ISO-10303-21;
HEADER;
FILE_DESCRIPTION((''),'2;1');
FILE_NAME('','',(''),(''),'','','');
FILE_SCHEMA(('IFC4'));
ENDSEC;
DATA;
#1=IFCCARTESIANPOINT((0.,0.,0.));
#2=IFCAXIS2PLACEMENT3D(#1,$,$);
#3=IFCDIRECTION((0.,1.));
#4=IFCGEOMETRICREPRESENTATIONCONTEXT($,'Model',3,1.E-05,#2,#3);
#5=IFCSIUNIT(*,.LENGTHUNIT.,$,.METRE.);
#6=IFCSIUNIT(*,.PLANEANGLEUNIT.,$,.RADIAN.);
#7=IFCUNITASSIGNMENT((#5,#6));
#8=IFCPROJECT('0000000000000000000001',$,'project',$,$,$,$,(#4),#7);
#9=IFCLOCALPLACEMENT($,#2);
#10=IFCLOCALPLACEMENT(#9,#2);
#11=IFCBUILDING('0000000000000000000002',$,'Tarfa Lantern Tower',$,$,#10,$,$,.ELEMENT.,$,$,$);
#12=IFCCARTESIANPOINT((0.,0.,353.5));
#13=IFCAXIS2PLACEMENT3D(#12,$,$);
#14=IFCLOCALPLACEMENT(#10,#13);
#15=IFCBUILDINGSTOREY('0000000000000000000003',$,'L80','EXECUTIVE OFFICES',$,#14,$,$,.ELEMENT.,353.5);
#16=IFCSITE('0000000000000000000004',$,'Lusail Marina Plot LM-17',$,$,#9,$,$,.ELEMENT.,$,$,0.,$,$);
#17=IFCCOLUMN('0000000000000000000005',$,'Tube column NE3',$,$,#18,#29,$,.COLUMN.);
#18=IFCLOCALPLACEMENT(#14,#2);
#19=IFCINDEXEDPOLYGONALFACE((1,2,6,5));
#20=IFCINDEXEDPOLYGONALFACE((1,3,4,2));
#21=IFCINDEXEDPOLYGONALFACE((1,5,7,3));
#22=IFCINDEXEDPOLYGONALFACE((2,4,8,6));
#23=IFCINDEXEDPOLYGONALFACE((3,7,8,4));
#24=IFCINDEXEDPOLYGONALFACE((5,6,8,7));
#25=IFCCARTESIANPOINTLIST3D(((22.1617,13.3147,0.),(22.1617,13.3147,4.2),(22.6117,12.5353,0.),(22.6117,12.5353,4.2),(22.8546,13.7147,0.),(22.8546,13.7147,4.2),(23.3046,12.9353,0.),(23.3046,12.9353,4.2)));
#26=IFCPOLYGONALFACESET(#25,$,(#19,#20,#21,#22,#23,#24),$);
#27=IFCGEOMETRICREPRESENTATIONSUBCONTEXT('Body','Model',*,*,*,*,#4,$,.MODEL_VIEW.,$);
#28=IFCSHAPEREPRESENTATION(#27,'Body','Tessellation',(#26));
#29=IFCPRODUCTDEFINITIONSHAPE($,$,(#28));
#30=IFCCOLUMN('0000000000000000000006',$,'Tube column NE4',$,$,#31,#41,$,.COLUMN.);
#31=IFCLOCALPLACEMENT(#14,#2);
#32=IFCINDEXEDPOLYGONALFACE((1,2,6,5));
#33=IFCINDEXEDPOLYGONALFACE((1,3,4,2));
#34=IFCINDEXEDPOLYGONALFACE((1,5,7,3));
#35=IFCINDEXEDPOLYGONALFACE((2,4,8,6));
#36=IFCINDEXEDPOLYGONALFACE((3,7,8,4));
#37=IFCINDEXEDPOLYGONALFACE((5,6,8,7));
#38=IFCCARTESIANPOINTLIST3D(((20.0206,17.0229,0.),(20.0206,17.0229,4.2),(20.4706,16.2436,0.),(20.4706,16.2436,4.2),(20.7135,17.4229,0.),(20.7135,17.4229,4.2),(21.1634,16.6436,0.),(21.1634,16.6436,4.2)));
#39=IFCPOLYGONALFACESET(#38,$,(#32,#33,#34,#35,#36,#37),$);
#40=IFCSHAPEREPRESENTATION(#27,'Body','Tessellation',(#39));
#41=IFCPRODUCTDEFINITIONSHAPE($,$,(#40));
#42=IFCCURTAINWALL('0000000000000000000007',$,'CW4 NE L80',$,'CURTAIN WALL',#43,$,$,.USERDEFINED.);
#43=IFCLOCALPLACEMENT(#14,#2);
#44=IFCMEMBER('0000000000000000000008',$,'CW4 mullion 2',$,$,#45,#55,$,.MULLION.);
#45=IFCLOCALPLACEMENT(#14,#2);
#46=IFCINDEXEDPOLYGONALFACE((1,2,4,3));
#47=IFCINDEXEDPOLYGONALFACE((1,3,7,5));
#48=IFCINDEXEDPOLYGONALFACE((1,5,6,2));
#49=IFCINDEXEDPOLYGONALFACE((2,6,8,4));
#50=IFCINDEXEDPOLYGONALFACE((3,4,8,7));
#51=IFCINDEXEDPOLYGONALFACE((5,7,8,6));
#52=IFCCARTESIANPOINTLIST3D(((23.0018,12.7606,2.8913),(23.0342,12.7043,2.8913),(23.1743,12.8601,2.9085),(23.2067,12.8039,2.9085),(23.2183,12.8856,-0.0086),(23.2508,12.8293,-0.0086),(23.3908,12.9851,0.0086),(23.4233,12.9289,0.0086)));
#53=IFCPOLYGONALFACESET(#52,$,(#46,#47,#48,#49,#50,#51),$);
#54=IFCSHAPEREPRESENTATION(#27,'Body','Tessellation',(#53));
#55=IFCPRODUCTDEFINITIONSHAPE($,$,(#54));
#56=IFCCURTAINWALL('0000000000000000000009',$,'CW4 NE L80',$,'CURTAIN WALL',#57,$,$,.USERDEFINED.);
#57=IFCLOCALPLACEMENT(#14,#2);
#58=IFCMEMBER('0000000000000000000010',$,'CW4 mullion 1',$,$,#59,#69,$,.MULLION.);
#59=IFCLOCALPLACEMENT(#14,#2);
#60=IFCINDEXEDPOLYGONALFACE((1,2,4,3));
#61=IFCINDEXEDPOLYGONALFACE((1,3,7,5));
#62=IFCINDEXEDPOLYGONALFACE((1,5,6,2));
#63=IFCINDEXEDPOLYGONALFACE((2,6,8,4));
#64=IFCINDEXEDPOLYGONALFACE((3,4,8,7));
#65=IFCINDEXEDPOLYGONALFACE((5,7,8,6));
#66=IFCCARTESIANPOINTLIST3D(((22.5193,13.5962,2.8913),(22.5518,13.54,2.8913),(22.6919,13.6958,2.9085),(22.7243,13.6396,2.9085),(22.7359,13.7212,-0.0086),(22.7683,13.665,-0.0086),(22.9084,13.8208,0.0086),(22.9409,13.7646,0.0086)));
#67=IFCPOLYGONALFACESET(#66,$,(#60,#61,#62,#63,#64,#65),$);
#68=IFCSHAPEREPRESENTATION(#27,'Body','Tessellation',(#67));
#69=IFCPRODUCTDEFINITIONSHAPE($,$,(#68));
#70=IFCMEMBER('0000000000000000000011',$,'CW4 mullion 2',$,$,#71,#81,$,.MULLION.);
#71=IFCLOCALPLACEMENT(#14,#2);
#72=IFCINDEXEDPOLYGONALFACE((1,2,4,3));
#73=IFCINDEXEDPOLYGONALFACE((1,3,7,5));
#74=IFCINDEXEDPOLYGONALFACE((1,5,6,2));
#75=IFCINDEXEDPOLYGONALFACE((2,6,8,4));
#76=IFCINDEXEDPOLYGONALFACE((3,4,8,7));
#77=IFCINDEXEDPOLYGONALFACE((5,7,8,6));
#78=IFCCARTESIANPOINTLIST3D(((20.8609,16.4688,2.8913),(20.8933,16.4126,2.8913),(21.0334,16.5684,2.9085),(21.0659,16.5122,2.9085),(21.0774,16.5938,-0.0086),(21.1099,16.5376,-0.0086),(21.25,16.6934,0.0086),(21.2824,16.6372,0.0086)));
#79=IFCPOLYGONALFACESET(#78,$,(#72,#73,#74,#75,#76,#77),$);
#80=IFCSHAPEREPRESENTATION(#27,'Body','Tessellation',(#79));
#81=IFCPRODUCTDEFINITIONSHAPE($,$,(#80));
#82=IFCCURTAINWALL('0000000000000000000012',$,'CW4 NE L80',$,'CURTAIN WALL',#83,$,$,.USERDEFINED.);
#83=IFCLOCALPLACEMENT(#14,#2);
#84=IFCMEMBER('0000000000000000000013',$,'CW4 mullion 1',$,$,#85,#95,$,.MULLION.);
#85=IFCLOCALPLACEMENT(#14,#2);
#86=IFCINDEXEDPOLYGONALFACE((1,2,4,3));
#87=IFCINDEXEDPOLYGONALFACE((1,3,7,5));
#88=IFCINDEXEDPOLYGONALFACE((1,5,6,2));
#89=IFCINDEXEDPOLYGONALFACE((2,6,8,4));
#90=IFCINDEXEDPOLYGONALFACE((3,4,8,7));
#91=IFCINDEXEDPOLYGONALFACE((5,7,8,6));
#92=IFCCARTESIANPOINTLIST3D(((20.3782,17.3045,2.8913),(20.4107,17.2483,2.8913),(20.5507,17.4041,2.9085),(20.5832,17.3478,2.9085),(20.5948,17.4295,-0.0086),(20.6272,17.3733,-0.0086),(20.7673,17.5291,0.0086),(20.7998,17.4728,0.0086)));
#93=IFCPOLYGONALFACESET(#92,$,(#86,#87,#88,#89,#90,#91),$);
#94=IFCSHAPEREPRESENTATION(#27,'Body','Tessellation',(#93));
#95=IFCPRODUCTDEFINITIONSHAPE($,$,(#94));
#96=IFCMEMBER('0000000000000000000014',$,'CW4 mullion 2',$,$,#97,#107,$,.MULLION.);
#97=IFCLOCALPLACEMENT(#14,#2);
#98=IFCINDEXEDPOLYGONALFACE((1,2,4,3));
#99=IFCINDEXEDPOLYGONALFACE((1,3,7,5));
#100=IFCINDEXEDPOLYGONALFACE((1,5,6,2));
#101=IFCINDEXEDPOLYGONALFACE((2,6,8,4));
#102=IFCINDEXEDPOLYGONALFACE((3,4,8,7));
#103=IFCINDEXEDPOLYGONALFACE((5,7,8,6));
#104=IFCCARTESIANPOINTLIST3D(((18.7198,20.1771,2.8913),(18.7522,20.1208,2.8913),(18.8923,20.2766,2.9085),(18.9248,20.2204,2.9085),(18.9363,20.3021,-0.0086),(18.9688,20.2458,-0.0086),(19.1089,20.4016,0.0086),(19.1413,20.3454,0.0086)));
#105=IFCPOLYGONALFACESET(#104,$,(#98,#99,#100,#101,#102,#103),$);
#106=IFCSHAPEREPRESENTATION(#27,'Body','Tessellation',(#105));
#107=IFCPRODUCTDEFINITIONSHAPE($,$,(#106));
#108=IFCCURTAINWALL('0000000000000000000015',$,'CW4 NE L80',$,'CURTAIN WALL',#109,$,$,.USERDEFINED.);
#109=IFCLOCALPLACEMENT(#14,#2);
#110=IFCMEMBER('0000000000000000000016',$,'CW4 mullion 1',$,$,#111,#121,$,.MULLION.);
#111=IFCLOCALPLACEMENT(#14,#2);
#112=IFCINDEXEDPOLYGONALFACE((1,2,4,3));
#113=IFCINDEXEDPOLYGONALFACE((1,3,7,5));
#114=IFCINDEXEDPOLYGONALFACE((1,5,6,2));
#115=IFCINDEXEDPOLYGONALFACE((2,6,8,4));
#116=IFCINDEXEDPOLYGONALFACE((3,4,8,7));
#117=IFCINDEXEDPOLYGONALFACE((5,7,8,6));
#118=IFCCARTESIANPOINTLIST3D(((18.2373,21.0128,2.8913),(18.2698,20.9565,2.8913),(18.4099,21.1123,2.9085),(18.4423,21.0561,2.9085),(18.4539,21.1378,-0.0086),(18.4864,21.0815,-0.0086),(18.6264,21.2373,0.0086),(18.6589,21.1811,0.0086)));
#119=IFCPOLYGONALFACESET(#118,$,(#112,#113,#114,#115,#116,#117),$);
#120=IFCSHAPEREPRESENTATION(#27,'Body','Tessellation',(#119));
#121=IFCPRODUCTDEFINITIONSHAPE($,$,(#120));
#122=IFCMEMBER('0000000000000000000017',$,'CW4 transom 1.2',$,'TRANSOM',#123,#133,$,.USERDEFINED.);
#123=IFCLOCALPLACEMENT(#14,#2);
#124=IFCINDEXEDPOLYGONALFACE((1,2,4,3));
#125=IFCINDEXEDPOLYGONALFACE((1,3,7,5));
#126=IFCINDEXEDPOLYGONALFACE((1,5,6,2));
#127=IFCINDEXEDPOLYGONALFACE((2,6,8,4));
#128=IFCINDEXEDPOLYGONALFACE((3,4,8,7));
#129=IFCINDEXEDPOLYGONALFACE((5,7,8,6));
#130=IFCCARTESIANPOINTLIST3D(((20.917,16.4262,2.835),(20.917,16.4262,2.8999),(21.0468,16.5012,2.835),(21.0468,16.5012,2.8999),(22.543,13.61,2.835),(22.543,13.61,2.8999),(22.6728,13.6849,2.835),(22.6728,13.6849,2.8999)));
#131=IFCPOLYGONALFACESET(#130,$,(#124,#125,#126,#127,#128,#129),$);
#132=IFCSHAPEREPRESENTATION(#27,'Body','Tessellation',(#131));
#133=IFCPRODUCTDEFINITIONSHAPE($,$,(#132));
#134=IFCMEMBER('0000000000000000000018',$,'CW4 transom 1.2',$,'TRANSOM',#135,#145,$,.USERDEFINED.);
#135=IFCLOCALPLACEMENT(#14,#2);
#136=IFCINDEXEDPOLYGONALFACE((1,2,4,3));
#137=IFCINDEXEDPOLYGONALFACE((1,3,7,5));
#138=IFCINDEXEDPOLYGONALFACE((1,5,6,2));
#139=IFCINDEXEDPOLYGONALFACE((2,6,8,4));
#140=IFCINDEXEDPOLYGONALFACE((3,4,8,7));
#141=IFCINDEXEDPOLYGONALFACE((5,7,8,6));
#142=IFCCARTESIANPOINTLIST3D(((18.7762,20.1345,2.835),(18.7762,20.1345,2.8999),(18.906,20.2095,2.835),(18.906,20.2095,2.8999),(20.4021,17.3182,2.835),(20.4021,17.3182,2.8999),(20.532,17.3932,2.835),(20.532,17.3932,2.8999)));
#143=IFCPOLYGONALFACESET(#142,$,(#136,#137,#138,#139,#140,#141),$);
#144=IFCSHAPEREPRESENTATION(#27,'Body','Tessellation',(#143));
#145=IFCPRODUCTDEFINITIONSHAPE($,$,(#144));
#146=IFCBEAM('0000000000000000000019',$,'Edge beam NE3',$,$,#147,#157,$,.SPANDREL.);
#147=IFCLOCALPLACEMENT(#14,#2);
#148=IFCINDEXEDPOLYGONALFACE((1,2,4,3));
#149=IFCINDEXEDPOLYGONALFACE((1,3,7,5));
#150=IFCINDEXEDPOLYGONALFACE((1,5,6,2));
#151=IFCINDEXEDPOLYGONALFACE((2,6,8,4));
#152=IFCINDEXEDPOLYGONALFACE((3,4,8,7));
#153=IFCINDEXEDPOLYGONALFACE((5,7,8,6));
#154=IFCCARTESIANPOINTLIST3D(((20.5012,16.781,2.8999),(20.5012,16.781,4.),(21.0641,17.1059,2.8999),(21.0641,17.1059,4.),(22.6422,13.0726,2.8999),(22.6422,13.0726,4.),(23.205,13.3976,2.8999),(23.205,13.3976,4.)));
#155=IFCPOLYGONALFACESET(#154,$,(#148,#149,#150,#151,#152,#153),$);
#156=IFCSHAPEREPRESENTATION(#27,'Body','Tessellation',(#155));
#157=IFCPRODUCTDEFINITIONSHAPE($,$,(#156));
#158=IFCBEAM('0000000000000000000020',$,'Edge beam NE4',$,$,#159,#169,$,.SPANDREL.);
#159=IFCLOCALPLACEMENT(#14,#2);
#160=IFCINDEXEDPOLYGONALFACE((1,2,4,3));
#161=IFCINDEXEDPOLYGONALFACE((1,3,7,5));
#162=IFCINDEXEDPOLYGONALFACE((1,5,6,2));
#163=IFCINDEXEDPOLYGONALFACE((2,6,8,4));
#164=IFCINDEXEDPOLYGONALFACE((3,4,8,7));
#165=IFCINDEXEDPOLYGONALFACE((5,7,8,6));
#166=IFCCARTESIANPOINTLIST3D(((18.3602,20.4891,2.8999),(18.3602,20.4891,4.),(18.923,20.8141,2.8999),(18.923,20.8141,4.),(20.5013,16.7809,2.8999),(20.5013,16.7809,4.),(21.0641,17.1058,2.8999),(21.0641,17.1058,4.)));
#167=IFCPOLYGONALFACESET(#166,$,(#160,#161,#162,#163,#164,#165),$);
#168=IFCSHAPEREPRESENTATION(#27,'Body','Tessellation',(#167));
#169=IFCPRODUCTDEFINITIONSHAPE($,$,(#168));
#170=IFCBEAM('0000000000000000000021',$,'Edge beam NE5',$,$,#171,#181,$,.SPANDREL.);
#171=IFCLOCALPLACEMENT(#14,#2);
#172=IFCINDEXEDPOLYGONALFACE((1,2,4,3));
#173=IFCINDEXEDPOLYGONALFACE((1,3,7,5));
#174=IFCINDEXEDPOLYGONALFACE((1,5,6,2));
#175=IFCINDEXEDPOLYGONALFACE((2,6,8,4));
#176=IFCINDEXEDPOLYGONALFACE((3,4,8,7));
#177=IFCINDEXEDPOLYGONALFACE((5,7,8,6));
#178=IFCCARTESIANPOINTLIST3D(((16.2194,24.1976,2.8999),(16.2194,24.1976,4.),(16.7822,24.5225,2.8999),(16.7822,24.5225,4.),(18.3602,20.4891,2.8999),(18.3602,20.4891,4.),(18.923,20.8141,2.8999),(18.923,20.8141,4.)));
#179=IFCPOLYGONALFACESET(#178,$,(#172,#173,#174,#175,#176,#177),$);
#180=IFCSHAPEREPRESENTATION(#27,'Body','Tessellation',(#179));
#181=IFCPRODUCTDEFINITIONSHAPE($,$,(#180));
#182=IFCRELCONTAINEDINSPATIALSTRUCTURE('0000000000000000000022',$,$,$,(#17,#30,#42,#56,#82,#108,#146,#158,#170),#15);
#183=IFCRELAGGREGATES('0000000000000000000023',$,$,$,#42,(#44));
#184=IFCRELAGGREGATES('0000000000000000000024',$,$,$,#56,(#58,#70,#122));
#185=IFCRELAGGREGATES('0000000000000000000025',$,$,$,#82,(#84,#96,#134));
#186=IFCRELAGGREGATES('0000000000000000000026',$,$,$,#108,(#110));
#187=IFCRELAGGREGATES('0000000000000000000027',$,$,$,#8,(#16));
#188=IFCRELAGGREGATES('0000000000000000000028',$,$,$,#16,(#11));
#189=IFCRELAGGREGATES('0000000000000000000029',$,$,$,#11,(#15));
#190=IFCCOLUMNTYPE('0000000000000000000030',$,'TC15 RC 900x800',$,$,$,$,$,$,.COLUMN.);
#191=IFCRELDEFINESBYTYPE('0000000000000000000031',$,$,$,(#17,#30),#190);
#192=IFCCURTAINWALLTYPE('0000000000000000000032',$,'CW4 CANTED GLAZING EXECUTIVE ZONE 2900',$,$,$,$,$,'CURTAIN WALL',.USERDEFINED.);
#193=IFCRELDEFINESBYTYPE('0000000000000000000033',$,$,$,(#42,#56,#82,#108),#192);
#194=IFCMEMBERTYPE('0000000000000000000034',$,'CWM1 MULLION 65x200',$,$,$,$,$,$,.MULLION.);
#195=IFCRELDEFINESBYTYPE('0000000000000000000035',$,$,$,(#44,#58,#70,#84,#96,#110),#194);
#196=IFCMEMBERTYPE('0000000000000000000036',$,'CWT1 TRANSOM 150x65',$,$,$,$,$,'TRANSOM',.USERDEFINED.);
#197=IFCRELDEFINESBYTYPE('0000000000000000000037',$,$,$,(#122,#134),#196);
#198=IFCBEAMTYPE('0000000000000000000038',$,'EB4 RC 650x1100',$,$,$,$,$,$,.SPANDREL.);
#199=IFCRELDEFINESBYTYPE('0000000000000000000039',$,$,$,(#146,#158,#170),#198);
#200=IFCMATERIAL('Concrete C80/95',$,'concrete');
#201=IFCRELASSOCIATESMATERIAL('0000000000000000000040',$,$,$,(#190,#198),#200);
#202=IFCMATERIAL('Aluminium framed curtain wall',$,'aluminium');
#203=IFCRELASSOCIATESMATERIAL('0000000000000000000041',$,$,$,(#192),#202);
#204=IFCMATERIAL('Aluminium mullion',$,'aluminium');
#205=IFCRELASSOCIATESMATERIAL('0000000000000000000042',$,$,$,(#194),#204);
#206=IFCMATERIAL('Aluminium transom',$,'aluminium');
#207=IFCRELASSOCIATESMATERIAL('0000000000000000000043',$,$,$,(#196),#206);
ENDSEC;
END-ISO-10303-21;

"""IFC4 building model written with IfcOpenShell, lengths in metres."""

from ifc_helpers import new_model, si_unit, direction, frame, origin, origin_2d, place, context, subcontext, project, spatial, rectangle, extrude, material, material_profile, profile_set, type_object, element, aggregate, save


model = new_model("IFC4")

# Units and contexts
model_context = context("Model", 3, precision=1e-05, world=origin(), true_north=direction((0.0, 1.0)))
body_context = subcontext(model_context, "Body", "Model", "MODEL_VIEW")
ifc_project = project(units=[si_unit("LENGTHUNIT", "METRE"), si_unit("PLANEANGLEUNIT", "RADIAN")], contexts=[model_context])

# Site, building, storey
site_placement = place(None, origin())
site = spatial("IfcSite", under=ifc_project, at=site_placement, Name="Lusail Marina Plot LM-17", CompositionType="ELEMENT", RefElevation=0.0)
building_placement = place(site_placement, origin())
building = spatial("IfcBuilding", under=site, at=building_placement, Name="Tarfa Lantern Tower", CompositionType="ELEMENT")
storey_placement = place(building_placement, frame((0.0, 0.0, 353.5)))
storey = spatial("IfcBuildingStorey", under=building, at=storey_placement, Name="L80", Description="EXECUTIVE OFFICES", CompositionType="ELEMENT", Elevation=353.5)

# Columns
ifc_material_1 = material(Name="Concrete C80/95", Category="concrete")
ifc_material_profile_1 = material_profile(ifc_material_1, rectangle(XDim=0.8999, YDim=0.8, at=origin_2d()), Name="RC 900x800")
ifc_profile_set_1 = profile_set([ifc_material_profile_1], Name="Concrete C80/95")
column_type = type_object("IfcColumnType", Name="TC15 RC 900x800", PredefinedType="COLUMN", material=ifc_profile_set_1)
for number, where, z_axis, x_axis, name in (
    (1, (22.7332, 13.125, 0.0), (0.0, 0.0, 1.0), (-0.5, 0.866025, 0.0), "Tube column NE3"),
    (2, (20.592, 16.8333, 0.0), (0.0, 0.0, 1.0), (-0.5, 0.866025, 0.0), "Tube column NE4"),
):
    element("IfcColumn", number, at=place(storey_placement, frame(where, z_axis=z_axis, x_axis=x_axis)), inside=storey, type_object=column_type, Name=name, PredefinedType="COLUMN", context=body_context, shape_type="SweptSolid", body=[
        extrude(rectangle(XDim=0.8999, YDim=0.8, at=origin_2d()), origin(), (0.0, 0.0, 1.0), 4.2),
    ])

# Curtain wall, member
ifc_material_2 = material(Name="Aluminium framed curtain wall", Category="aluminium")
curtain_wall_type = type_object("IfcCurtainWallType", Name="CW4 CANTED GLAZING EXECUTIVE ZONE 2900", ElementType="CURTAIN WALL", PredefinedType="USERDEFINED", material=ifc_material_2)
curtain_wall_1_placement = place(storey_placement, origin())
curtain_wall_1 = element("IfcCurtainWall", 3, at=curtain_wall_1_placement, inside=storey, type_object=curtain_wall_type, Name="CW4 NE L80", ObjectType="CURTAIN WALL", PredefinedType="USERDEFINED")
ifc_material_3 = material(Name="Aluminium mullion", Category="aluminium")
ifc_material_profile_2 = material_profile(ifc_material_3, rectangle(XDim=0.0649, YDim=0.2, at=origin_2d()), Name="AL MULLION 65x200")
ifc_profile_set_2 = profile_set([ifc_material_profile_2], Name="Aluminium mullion")
member_type_1 = type_object("IfcMemberType", Name="CWM1 MULLION 65x200", PredefinedType="MULLION", material=ifc_profile_set_2)
member_1_placement = place(storey_placement, frame((23.3208, 12.9072, 0.0), z_axis=(-0.0744, -0.042946, 0.996303), x_axis=(0.49992, -0.866072, 0.0)))
member_1 = element("IfcMember", 4, at=member_1_placement, type_object=member_type_1, Name="CW4 mullion 2", PredefinedType="MULLION", context=body_context, shape_type="SweptSolid", body=[
    extrude(rectangle(XDim=0.0649, YDim=0.2, at=origin_2d()), origin(), (0.0, 0.0, 1.0), 2.9106),
])

# Curtain walls, members
curtain_wall_2_placement = place(storey_placement, origin())
curtain_wall_2 = element("IfcCurtainWall", 5, at=curtain_wall_2_placement, inside=storey, type_object=curtain_wall_type, Name="CW4 NE L80", ObjectType="CURTAIN WALL", PredefinedType="USERDEFINED")
member_2_placement = place(storey_placement, frame((22.8384, 13.7429, 0.0), z_axis=(-0.0744, -0.042946, 0.996303), x_axis=(0.49992, -0.866072, 0.0)))
member_2 = element("IfcMember", 6, at=member_2_placement, type_object=member_type_1, Name="CW4 mullion 1", PredefinedType="MULLION", context=body_context, shape_type="SweptSolid", body=[
    extrude(rectangle(XDim=0.0649, YDim=0.2, at=origin_2d()), origin(), (0.0, 0.0, 1.0), 2.9106),
])
member_3_placement = place(storey_placement, frame((21.1799, 16.6155, 0.0), z_axis=(-0.0744, -0.042946, 0.996303), x_axis=(0.49992, -0.866072, 0.0)))
member_3 = element("IfcMember", 7, at=member_3_placement, type_object=member_type_1, Name="CW4 mullion 2", PredefinedType="MULLION", context=body_context, shape_type="SweptSolid", body=[
    extrude(rectangle(XDim=0.0649, YDim=0.2, at=origin_2d()), origin(), (0.0, 0.0, 1.0), 2.9106),
])
curtain_wall_3_placement = place(storey_placement, origin())
curtain_wall_3 = element("IfcCurtainWall", 8, at=curtain_wall_3_placement, inside=storey, type_object=curtain_wall_type, Name="CW4 NE L80", ObjectType="CURTAIN WALL", PredefinedType="USERDEFINED")
member_4_placement = place(storey_placement, frame((20.6973, 17.4512, 0.0), z_axis=(-0.0744, -0.042946, 0.996303), x_axis=(0.49992, -0.866072, 0.0)))
member_4 = element("IfcMember", 9, at=member_4_placement, type_object=member_type_1, Name="CW4 mullion 1", PredefinedType="MULLION", context=body_context, shape_type="SweptSolid", body=[
    extrude(rectangle(XDim=0.0649, YDim=0.2, at=origin_2d()), origin(), (0.0, 0.0, 1.0), 2.9106),
])
member_5_placement = place(storey_placement, frame((19.0388, 20.3237, 0.0), z_axis=(-0.0744, -0.042946, 0.996303), x_axis=(0.49992, -0.866072, 0.0)))
member_5 = element("IfcMember", 10, at=member_5_placement, type_object=member_type_1, Name="CW4 mullion 2", PredefinedType="MULLION", context=body_context, shape_type="SweptSolid", body=[
    extrude(rectangle(XDim=0.0649, YDim=0.2, at=origin_2d()), origin(), (0.0, 0.0, 1.0), 2.9106),
])

# Curtain wall, member
curtain_wall_4_placement = place(storey_placement, origin())
curtain_wall_4 = element("IfcCurtainWall", 11, at=curtain_wall_4_placement, inside=storey, type_object=curtain_wall_type, Name="CW4 NE L80", ObjectType="CURTAIN WALL", PredefinedType="USERDEFINED")
member_6_placement = place(storey_placement, frame((18.5564, 21.1594, 0.0), z_axis=(-0.0744, -0.042946, 0.996303), x_axis=(0.49992, -0.866072, 0.0)))
member_6 = element("IfcMember", 12, at=member_6_placement, type_object=member_type_1, Name="CW4 mullion 1", PredefinedType="MULLION", context=body_context, shape_type="SweptSolid", body=[
    extrude(rectangle(XDim=0.0649, YDim=0.2, at=origin_2d()), origin(), (0.0, 0.0, 1.0), 2.9106),
])

# Members
ifc_material_4 = material(Name="Aluminium transom", Category="aluminium")
ifc_material_profile_3 = material_profile(ifc_material_4, rectangle(XDim=0.1499, YDim=0.0649, at=origin_2d()), Name="AL TRANSOM 150x65")
ifc_profile_set_3 = profile_set([ifc_material_profile_3], Name="Aluminium transom")
member_type_2 = type_object("IfcMemberType", Name="CWT1 TRANSOM 150x65", ElementType="TRANSOM", PredefinedType="USERDEFINED", material=ifc_profile_set_3)
member_7_placement = place(storey_placement, frame((22.6079, 13.6475, 2.8674), z_axis=(-0.500015, 0.866017, 0.0), x_axis=(-0.866017, -0.500015, 0.0)))
member_7 = element("IfcMember", 13, at=member_7_placement, type_object=member_type_2, Name="CW4 transom 1.2", ObjectType="TRANSOM", PredefinedType="USERDEFINED", context=body_context, shape_type="SweptSolid", body=[
    extrude(rectangle(XDim=0.1499, YDim=0.0649, at=origin_2d()), origin(), (0.0, 0.0, 1.0), 3.252),
])
member_8_placement = place(storey_placement, frame((20.467, 17.3557, 2.8674), z_axis=(-0.499982, 0.866036, 0.0), x_axis=(-0.866036, -0.499982, 0.0)))
member_8 = element("IfcMember", 14, at=member_8_placement, type_object=member_type_2, Name="CW4 transom 1.2", ObjectType="TRANSOM", PredefinedType="USERDEFINED", context=body_context, shape_type="SweptSolid", body=[
    extrude(rectangle(XDim=0.1499, YDim=0.0649, at=origin_2d()), origin(), (0.0, 0.0, 1.0), 3.252),
])

# Beams
ifc_material_profile_4 = material_profile(ifc_material_1, rectangle(XDim=0.6499, YDim=1.1001, at=origin_2d()), Name="RC 650x1100")
ifc_profile_set_4 = profile_set([ifc_material_profile_4], Name="Concrete C80/95")
beam_type_1 = type_object("IfcBeamType", Name="EB4 RC 650x1100", PredefinedType="SPANDREL", material=ifc_profile_set_4)
for number, where, z_axis, x_axis, name in (
    (15, (22.9236, 13.2351, 3.45), (-0.499984, 0.866035, 0.0), (-0.866035, -0.499984, 0.0), "Edge beam NE3"),
    (16, (20.7827, 16.9434, 3.45), (-0.500027, 0.86601, 0.0), (-0.86601, -0.500027, 0.0), "Edge beam NE4"),
    (17, (18.6416, 20.6516, 3.45), (-0.499959, 0.866049, 0.0), (-0.866049, -0.499959, 0.0), "Edge beam NE5"),
):
    element("IfcBeam", number, at=place(storey_placement, frame(where, z_axis=z_axis, x_axis=x_axis)), inside=storey, type_object=beam_type_1, Name=name, PredefinedType="SPANDREL", context=body_context, shape_type="SweptSolid", body=[
        extrude(rectangle(XDim=0.6499, YDim=1.1001, at=origin_2d()), origin(), (0.0, 0.0, 1.0), 4.282),
    ])

aggregate(curtain_wall_1, [member_1])
aggregate(curtain_wall_2, [member_2, member_3, member_7])
aggregate(curtain_wall_3, [member_4, member_5, member_8])
aggregate(curtain_wall_4, [member_6])

save(model, "model.ifc")
